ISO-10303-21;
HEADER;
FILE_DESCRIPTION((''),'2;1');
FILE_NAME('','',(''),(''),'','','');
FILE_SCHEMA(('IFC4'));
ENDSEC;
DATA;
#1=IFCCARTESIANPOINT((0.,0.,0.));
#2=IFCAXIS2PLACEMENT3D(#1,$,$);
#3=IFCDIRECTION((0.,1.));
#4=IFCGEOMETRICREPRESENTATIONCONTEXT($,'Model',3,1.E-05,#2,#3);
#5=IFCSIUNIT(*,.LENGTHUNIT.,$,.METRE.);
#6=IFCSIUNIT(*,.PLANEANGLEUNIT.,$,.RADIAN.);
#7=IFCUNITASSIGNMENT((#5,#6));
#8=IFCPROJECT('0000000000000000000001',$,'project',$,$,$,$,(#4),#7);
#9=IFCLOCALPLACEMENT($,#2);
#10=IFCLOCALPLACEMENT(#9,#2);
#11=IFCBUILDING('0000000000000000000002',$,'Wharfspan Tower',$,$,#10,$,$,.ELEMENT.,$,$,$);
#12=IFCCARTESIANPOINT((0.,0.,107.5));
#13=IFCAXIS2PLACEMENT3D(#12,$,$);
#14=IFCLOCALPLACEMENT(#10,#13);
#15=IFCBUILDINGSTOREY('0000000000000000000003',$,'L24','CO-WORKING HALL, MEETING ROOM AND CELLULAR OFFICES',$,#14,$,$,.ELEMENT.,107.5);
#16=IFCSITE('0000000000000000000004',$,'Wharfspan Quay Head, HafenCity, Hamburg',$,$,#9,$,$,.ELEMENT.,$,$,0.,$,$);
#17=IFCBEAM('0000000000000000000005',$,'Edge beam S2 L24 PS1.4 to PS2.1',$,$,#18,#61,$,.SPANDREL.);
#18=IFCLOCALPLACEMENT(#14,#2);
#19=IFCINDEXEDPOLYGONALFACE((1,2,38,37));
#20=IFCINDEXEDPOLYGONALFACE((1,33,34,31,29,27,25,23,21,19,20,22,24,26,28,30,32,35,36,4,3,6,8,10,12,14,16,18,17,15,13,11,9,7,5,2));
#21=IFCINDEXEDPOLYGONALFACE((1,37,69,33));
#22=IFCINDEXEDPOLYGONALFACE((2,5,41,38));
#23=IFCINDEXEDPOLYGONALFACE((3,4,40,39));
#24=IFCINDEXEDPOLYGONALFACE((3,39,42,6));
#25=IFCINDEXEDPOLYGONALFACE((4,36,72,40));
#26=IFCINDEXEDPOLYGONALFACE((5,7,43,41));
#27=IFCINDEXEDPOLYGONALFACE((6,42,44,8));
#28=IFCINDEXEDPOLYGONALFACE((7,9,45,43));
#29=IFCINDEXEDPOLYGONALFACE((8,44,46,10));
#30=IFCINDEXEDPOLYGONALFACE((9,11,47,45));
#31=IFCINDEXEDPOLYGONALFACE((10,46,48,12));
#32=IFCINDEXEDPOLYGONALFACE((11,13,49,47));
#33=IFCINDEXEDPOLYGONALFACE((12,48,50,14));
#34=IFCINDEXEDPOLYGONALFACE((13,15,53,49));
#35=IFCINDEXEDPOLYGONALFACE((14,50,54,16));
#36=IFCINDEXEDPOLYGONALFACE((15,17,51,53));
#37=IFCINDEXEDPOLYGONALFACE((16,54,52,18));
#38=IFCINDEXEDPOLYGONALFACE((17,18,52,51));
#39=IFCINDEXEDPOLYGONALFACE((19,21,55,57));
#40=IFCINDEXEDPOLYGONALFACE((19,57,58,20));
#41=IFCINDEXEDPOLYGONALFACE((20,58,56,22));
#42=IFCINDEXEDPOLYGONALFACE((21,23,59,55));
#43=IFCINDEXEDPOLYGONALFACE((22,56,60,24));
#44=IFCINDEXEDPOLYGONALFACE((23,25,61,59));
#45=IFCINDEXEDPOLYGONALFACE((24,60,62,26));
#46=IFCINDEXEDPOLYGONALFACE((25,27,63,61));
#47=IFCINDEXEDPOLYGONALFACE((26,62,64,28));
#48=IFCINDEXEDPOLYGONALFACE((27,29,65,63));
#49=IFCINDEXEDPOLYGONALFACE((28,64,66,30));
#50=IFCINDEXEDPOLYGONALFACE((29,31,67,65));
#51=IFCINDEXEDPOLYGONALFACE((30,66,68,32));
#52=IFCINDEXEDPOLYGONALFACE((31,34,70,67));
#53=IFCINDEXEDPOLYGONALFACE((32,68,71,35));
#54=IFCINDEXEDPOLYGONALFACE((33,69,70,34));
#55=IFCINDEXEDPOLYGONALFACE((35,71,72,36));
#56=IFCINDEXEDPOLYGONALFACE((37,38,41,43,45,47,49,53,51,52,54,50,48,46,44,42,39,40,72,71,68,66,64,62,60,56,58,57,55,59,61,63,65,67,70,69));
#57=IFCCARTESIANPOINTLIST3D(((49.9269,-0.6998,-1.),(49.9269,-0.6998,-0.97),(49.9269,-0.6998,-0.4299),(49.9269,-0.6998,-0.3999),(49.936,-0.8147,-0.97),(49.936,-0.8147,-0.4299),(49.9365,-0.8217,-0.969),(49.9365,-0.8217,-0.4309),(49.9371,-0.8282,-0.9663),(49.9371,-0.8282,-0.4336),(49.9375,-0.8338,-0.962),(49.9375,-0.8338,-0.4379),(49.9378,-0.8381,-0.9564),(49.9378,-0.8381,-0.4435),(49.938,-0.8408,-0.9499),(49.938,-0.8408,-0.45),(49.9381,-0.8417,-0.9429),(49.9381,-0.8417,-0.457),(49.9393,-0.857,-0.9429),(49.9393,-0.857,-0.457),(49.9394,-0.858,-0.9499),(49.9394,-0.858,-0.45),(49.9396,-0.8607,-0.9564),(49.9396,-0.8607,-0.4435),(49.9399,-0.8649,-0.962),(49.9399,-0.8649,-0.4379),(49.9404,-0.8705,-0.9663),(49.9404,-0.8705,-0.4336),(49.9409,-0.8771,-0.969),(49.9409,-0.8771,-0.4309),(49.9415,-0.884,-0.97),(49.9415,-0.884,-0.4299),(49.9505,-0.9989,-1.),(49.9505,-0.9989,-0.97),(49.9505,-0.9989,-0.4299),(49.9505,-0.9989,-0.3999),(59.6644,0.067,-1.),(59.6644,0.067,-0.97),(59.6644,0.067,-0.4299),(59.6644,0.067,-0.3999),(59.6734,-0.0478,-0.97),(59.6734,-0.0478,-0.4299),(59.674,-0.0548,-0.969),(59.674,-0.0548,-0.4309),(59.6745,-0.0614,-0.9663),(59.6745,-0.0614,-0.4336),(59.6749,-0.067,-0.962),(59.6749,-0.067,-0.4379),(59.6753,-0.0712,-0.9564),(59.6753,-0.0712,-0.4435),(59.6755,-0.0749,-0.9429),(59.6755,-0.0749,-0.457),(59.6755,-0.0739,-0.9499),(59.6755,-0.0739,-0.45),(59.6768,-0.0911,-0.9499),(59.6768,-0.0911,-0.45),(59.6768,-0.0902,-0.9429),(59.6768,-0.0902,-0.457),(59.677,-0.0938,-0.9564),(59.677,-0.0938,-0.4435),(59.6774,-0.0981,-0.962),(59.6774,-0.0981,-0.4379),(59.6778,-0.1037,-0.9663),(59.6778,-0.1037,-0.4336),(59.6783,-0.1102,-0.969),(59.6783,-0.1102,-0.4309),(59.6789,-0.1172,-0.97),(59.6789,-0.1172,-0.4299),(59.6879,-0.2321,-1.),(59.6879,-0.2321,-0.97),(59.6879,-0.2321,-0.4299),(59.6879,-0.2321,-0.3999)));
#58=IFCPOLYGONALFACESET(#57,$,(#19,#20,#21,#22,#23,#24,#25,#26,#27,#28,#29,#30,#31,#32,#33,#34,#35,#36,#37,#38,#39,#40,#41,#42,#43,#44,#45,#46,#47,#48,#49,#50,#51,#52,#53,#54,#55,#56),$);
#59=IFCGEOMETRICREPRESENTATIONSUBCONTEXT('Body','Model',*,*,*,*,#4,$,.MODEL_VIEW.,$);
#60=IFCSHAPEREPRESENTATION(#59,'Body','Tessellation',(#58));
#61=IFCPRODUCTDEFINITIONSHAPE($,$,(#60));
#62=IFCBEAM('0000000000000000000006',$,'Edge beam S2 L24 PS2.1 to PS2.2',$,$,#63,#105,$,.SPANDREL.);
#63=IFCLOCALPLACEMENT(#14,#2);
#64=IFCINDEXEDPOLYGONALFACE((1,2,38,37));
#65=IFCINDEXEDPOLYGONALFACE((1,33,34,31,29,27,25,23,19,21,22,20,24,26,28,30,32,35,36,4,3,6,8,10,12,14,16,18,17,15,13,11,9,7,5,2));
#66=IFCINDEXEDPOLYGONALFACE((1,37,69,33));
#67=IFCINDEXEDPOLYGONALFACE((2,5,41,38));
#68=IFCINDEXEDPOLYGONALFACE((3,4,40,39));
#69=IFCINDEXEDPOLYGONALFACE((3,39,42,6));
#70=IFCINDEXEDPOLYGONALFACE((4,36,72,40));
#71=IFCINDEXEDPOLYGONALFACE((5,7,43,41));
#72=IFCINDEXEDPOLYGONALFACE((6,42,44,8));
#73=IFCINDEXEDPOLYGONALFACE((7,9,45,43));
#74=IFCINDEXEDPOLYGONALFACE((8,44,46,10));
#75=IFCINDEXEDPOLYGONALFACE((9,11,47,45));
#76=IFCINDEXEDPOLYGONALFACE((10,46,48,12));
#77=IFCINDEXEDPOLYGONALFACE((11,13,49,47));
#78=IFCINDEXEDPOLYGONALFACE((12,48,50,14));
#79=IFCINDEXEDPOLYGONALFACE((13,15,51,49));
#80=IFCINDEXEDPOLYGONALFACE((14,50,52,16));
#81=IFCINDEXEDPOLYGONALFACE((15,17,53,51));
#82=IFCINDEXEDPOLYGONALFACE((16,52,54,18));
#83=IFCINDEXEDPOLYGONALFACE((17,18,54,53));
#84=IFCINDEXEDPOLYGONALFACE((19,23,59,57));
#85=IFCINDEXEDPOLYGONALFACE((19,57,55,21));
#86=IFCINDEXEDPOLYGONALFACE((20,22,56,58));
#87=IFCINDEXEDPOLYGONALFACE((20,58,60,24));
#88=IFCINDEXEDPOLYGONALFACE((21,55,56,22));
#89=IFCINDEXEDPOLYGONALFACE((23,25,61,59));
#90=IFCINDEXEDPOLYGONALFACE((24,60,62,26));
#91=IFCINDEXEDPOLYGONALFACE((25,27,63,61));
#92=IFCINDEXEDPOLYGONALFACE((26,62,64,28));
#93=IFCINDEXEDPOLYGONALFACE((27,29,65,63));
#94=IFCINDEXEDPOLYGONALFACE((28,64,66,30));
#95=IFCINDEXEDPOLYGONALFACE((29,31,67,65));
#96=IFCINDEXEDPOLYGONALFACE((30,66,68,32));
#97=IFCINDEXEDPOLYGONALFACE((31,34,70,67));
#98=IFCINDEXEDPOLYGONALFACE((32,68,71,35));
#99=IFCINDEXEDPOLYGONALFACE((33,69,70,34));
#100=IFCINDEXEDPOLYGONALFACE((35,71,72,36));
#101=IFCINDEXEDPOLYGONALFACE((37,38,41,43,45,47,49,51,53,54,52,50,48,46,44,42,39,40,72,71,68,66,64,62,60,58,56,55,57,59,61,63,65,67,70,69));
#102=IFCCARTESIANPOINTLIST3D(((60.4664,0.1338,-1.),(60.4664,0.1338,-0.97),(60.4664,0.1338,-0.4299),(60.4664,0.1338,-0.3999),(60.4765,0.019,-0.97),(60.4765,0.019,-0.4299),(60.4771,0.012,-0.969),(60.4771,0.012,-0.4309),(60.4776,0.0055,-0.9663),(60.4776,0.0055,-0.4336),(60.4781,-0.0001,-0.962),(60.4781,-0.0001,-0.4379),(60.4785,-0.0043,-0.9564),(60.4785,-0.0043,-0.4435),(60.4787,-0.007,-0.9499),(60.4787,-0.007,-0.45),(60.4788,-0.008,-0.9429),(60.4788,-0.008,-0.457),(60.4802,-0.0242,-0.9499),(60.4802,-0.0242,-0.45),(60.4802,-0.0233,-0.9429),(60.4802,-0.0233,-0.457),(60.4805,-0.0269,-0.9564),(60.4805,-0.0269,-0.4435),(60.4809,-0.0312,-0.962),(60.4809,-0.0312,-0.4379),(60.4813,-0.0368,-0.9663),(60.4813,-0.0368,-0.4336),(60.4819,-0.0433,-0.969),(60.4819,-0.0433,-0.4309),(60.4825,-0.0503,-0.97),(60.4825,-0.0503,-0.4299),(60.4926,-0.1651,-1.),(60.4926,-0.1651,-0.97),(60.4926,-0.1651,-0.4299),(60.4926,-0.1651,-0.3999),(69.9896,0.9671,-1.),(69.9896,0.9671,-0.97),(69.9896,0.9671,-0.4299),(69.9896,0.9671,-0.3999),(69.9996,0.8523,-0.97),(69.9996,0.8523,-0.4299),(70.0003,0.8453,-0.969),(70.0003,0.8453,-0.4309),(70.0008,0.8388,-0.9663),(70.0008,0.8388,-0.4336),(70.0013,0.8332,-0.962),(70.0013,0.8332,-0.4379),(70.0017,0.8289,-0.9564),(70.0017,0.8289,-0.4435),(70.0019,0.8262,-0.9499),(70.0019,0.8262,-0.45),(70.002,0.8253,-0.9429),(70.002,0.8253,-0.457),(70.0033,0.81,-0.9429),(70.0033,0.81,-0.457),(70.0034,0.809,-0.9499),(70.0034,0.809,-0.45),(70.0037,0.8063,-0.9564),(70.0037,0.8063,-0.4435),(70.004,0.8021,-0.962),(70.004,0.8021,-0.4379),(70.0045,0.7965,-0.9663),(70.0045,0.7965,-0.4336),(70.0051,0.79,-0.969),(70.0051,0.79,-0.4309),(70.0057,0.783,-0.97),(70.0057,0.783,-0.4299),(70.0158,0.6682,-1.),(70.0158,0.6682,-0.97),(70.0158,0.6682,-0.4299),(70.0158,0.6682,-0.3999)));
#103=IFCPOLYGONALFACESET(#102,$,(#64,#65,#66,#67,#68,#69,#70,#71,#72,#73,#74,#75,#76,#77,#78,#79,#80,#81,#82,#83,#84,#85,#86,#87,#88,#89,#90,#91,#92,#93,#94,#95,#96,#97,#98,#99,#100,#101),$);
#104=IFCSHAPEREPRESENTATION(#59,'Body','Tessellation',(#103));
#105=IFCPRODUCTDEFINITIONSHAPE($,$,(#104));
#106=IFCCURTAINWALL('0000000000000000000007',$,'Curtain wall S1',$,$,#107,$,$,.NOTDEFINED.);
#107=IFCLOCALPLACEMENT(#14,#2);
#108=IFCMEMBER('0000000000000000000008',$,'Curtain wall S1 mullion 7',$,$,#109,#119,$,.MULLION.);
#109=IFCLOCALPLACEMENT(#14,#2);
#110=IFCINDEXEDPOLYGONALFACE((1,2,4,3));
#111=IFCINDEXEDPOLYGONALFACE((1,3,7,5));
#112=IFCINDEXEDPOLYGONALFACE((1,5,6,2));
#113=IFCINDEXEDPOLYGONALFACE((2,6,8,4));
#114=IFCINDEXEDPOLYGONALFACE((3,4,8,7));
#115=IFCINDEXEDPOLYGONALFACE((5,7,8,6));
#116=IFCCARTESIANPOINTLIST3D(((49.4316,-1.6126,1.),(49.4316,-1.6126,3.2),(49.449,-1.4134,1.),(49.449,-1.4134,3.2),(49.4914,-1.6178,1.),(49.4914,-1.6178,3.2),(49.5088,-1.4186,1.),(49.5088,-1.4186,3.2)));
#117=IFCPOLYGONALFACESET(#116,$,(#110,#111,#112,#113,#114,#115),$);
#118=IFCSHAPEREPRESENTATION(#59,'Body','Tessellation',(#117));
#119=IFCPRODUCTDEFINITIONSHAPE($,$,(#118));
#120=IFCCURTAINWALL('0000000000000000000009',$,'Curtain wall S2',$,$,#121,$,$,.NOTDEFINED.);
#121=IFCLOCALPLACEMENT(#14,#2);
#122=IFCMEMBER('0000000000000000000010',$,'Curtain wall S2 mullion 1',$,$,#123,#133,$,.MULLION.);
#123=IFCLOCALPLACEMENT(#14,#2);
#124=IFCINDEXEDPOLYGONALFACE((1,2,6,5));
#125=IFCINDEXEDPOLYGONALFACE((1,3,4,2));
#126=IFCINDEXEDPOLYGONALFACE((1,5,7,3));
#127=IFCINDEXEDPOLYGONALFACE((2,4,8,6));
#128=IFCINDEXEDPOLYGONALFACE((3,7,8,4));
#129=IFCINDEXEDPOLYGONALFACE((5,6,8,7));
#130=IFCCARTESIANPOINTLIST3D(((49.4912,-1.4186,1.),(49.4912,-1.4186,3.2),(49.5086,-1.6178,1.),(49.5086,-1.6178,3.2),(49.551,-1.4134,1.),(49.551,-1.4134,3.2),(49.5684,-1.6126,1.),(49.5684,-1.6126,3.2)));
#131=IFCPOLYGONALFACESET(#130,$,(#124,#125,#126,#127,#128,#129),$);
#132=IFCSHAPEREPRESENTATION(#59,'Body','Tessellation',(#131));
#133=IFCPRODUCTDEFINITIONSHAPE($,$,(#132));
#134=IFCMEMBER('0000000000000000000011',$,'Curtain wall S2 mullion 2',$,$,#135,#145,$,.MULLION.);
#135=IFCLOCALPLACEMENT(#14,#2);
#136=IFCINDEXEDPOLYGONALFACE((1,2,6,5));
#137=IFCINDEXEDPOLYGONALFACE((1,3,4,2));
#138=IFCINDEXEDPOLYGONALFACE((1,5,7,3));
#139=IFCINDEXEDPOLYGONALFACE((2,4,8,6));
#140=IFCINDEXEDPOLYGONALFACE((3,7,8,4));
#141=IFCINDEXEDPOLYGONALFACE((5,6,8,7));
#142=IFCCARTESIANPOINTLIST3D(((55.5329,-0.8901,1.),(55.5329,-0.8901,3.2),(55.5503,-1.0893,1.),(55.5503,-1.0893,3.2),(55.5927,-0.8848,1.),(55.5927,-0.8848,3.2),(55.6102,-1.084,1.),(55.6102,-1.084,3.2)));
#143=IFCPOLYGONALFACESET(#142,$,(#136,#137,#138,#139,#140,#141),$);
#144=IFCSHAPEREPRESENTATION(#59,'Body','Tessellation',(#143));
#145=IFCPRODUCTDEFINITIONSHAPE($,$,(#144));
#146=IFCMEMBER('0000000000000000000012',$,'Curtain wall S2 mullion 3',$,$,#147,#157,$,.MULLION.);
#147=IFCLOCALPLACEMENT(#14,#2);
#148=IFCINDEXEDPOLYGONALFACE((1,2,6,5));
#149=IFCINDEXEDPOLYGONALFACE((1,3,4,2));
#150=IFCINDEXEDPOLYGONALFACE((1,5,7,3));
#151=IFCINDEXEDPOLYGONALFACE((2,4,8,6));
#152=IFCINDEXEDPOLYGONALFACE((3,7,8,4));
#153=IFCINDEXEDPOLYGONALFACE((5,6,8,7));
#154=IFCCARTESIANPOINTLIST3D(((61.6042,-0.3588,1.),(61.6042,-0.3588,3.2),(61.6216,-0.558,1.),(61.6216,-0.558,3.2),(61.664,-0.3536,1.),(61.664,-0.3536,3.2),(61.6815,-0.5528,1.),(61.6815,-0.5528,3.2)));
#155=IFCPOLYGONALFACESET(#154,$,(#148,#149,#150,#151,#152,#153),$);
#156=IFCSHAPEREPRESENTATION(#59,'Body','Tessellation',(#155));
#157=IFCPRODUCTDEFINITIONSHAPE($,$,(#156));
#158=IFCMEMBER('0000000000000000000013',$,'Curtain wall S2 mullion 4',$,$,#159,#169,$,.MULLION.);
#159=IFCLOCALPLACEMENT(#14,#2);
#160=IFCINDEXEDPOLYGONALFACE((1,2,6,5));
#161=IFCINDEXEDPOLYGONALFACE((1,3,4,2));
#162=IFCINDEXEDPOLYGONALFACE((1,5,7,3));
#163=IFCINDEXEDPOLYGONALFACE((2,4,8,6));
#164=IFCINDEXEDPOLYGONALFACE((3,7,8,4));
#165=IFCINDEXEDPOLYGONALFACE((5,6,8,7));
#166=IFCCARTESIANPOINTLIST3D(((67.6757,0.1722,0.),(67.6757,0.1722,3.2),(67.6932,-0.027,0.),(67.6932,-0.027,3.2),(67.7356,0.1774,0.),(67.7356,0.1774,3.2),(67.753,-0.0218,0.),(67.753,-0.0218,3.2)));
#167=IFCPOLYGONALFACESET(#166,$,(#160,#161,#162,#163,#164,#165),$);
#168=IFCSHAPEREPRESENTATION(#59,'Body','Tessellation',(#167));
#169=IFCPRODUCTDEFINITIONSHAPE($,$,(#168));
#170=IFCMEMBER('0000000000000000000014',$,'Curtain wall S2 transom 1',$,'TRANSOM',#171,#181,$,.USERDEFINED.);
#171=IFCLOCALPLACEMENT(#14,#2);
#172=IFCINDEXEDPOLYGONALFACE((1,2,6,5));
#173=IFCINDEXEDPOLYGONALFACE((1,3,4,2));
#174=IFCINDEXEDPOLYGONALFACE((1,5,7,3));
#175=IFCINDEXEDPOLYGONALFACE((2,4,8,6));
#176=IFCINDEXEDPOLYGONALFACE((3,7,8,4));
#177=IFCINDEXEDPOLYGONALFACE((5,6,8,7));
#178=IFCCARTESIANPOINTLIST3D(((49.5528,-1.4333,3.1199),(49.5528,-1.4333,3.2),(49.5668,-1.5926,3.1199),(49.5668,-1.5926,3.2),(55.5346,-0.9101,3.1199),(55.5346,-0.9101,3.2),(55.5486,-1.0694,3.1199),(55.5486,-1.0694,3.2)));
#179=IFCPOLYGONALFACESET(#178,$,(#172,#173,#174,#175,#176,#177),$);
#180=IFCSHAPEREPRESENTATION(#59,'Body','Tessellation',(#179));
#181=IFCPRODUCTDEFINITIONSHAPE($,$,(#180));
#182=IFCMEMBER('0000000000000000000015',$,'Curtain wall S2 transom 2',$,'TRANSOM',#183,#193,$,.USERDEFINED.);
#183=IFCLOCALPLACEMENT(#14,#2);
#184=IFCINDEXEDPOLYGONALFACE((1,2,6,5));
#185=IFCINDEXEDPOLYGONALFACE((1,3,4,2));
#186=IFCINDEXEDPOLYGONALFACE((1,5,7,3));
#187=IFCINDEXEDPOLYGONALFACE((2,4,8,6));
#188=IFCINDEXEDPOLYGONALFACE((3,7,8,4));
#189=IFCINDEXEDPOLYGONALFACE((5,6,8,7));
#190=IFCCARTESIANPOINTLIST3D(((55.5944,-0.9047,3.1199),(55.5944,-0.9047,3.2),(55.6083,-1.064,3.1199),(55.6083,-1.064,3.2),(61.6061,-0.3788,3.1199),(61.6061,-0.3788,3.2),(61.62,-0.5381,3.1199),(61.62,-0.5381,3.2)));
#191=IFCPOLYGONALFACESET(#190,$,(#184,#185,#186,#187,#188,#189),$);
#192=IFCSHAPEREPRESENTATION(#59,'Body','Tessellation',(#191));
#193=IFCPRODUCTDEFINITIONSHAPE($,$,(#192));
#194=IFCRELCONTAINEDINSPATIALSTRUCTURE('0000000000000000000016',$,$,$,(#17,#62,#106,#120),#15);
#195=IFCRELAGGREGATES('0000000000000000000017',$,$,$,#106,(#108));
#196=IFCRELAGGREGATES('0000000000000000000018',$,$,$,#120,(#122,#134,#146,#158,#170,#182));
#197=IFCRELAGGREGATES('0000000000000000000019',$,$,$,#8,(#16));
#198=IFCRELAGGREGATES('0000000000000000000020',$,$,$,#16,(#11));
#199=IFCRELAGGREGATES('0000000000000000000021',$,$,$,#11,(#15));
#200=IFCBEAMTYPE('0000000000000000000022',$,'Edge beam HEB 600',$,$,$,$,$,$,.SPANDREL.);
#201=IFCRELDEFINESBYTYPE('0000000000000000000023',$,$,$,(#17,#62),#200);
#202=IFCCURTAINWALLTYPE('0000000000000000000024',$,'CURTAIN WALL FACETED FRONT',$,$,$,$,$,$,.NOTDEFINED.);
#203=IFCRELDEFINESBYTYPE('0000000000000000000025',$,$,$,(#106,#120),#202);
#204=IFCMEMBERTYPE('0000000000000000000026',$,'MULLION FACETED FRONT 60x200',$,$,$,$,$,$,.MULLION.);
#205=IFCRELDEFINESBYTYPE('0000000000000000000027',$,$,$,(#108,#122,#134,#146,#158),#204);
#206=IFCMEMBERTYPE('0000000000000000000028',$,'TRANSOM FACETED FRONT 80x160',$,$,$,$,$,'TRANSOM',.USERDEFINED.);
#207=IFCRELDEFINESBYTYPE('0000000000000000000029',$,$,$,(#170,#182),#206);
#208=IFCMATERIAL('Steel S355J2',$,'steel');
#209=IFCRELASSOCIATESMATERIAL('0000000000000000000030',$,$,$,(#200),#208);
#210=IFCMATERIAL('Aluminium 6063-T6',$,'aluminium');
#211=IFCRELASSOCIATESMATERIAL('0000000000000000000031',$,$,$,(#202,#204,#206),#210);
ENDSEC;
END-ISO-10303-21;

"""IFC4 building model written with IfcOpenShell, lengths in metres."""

from ifc_helpers import new_model, si_unit, direction, frame, origin, origin_2d, place, context, subcontext, project, spatial, rectangle, i_section, extrude, material, material_profile, profile_set, type_object, element, aggregate, save


model = new_model("IFC4")

# Units and contexts
model_context = context("Model", 3, precision=1e-05, world=origin(), true_north=direction((0.0, 1.0)))
body_context = subcontext(model_context, "Body", "Model", "MODEL_VIEW")
ifc_project = project(units=[si_unit("LENGTHUNIT", "METRE"), si_unit("PLANEANGLEUNIT", "RADIAN")], contexts=[model_context])

# Site, building, storey
site_placement = place(None, origin())
site = spatial("IfcSite", under=ifc_project, at=site_placement, Name="Wharfspan Quay Head, HafenCity, Hamburg", CompositionType="ELEMENT", RefElevation=0.0)
building_placement = place(site_placement, origin())
building = spatial("IfcBuilding", under=site, at=building_placement, Name="Wharfspan Tower", CompositionType="ELEMENT")
storey_placement = place(building_placement, frame((0.0, 0.0, 107.5)))
storey = spatial("IfcBuildingStorey", under=building, at=storey_placement, Name="L24", Description="CO-WORKING HALL, MEETING ROOM AND CELLULAR OFFICES", CompositionType="ELEMENT", Elevation=107.5)

# Shared definitions
ifc_material_1 = material(Name="Steel S355J2", Category="steel")

# Beams
ifc_material_profile_1 = material_profile(ifc_material_1, i_section(OverallWidth=0.3, OverallDepth=0.6001, WebThickness=0.0154, FlangeThickness=0.03, FilletRadius=0.0271, at=origin_2d()))
ifc_profile_set_1 = profile_set([ifc_material_profile_1], Name="Steel S355J2")
beam_type = type_object("IfcBeamType", Name="Edge beam HEB 600", PredefinedType="SPANDREL", material=ifc_profile_set_1)
beam_1_placement = place(storey_placement, frame((49.9387, -0.8494, -0.7), z_axis=(0.996913, 0.078508, 0.0), x_axis=(-0.078508, 0.996913, 0.0)))
element("IfcBeam", 1, at=beam_1_placement, inside=storey, type_object=beam_type, Name="Edge beam S2 L24 PS1.4 to PS2.1", PredefinedType="SPANDREL", context=body_context, shape_type="SweptSolid", body=[
    extrude(i_section(OverallWidth=0.3, OverallDepth=0.6001, WebThickness=0.0154, FlangeThickness=0.03, FilletRadius=0.0271, at=origin_2d()), origin(), (0.0, 0.0, 1.0), 9.7676),
])
beam_2_placement = place(storey_placement, frame((60.4795, -0.0156, -0.7), z_axis=(0.996194, 0.087164, 0.0), x_axis=(-0.087164, 0.996194, 0.0)))
element("IfcBeam", 2, at=beam_2_placement, inside=storey, type_object=beam_type, Name="Edge beam S2 L24 PS2.1 to PS2.2", PredefinedType="SPANDREL", context=body_context, shape_type="SweptSolid", body=[
    extrude(i_section(OverallWidth=0.3, OverallDepth=0.6001, WebThickness=0.0154, FlangeThickness=0.03, FilletRadius=0.0271, at=origin_2d()), origin(), (0.0, 0.0, 1.0), 9.5596),
])

# Curtain wall, member
ifc_material_2 = material(Name="Aluminium 6063-T6", Category="aluminium")
curtain_wall_type = type_object("IfcCurtainWallType", Name="CURTAIN WALL FACETED FRONT", PredefinedType="NOTDEFINED", material=ifc_material_2)
curtain_wall_1_placement = place(storey_placement, origin())
curtain_wall_1 = element("IfcCurtainWall", 3, at=curtain_wall_1_placement, inside=storey, type_object=curtain_wall_type, Name="Curtain wall S1", PredefinedType="NOTDEFINED")
ifc_material_profile_2 = material_profile(ifc_material_2, rectangle(XDim=0.2, YDim=0.0601, at=origin_2d()))
ifc_profile_set_2 = profile_set([ifc_material_profile_2], Name="Aluminium 6063-T6")
member_type_1 = type_object("IfcMemberType", Name="MULLION FACETED FRONT 60x200", PredefinedType="MULLION", material=ifc_profile_set_2)
member_1_placement = place(storey_placement, frame((49.4702, -1.5156, 1.0), z_axis=(0.0, 0.0, 1.0), x_axis=(0.087156, 0.996198, 0.0)))
member_1 = element("IfcMember", 4, at=member_1_placement, type_object=member_type_1, Name="Curtain wall S1 mullion 7", PredefinedType="MULLION", context=body_context, shape_type="SweptSolid", body=[
    extrude(rectangle(XDim=0.2, YDim=0.0601, at=origin_2d()), origin(), (0.0, 0.0, 1.0), 2.2),
])
aggregate(curtain_wall_1, [member_1])

# Curtain wall, members
curtain_wall_2_placement = place(storey_placement, origin())
curtain_wall_2 = element("IfcCurtainWall", 5, at=curtain_wall_2_placement, inside=storey, type_object=curtain_wall_type, Name="Curtain wall S2", PredefinedType="NOTDEFINED")
member_2_placement = place(storey_placement, frame((49.5298, -1.5156, 1.0), z_axis=(0.0, 0.0, 1.0), x_axis=(-0.087156, 0.996198, 0.0)))
member_2 = element("IfcMember", 6, at=member_2_placement, type_object=member_type_1, Name="Curtain wall S2 mullion 1", PredefinedType="MULLION", context=body_context, shape_type="SweptSolid", body=[
    extrude(rectangle(XDim=0.2, YDim=0.0601, at=origin_2d()), origin(), (0.0, 0.0, 1.0), 2.2),
])
member_3_placement = place(storey_placement, frame((55.5715, -0.9871, 1.0), z_axis=(0.0, 0.0, 1.0), x_axis=(-0.087156, 0.996198, 0.0)))
member_3 = element("IfcMember", 7, at=member_3_placement, type_object=member_type_1, Name="Curtain wall S2 mullion 2", PredefinedType="MULLION", context=body_context, shape_type="SweptSolid", body=[
    extrude(rectangle(XDim=0.2, YDim=0.0601, at=origin_2d()), origin(), (0.0, 0.0, 1.0), 2.2),
])
member_4_placement = place(storey_placement, frame((61.6428, -0.4558, 1.0), z_axis=(0.0, 0.0, 1.0), x_axis=(-0.087156, 0.996198, 0.0)))
member_4 = element("IfcMember", 8, at=member_4_placement, type_object=member_type_1, Name="Curtain wall S2 mullion 3", PredefinedType="MULLION", context=body_context, shape_type="SweptSolid", body=[
    extrude(rectangle(XDim=0.2, YDim=0.0601, at=origin_2d()), origin(), (0.0, 0.0, 1.0), 2.2),
])
member_5_placement = place(storey_placement, frame((67.7144, 0.0752, 0.0), z_axis=(0.0, 0.0, 1.0), x_axis=(-0.087156, 0.996198, 0.0)))
member_5 = element("IfcMember", 9, at=member_5_placement, type_object=member_type_1, Name="Curtain wall S2 mullion 4", PredefinedType="MULLION", context=body_context, shape_type="SweptSolid", body=[
    extrude(rectangle(XDim=0.2, YDim=0.0601, at=origin_2d()), origin(), (0.0, 0.0, 1.0), 3.2),
])
ifc_material_profile_3 = material_profile(ifc_material_2, rectangle(XDim=0.1599, YDim=0.0801, at=origin_2d()))
ifc_profile_set_3 = profile_set([ifc_material_profile_3], Name="Aluminium 6063-T6")
member_type_2 = type_object("IfcMemberType", Name="TRANSOM FACETED FRONT 80x160", ElementType="TRANSOM", PredefinedType="USERDEFINED", material=ifc_profile_set_3)
member_6_placement = place(storey_placement, frame((49.5598, -1.5129, 3.1599), z_axis=(0.996197, 0.087133, 0.0), x_axis=(-0.087133, 0.996197, 0.0)))
member_6 = element("IfcMember", 10, at=member_6_placement, type_object=member_type_2, Name="Curtain wall S2 transom 1", ObjectType="TRANSOM", PredefinedType="USERDEFINED", context=body_context, shape_type="SweptSolid", body=[
    extrude(rectangle(XDim=0.1599, YDim=0.0801, at=origin_2d()), origin(), (0.0, 0.0, 1.0), 6.0046),
])
member_7_placement = place(storey_placement, frame((55.6013, -0.9844, 3.1599), z_axis=(0.996196, 0.087143, 0.0), x_axis=(-0.087143, 0.996196, 0.0)))
member_7 = element("IfcMember", 11, at=member_7_placement, type_object=member_type_2, Name="Curtain wall S2 transom 2", ObjectType="TRANSOM", PredefinedType="USERDEFINED", context=body_context, shape_type="SweptSolid", body=[
    extrude(rectangle(XDim=0.1599, YDim=0.0801, at=origin_2d()), origin(), (0.0, 0.0, 1.0), 6.0347),
])
aggregate(curtain_wall_2, [member_2, member_3, member_4, member_5, member_6, member_7])

save(model, "model.ifc")
